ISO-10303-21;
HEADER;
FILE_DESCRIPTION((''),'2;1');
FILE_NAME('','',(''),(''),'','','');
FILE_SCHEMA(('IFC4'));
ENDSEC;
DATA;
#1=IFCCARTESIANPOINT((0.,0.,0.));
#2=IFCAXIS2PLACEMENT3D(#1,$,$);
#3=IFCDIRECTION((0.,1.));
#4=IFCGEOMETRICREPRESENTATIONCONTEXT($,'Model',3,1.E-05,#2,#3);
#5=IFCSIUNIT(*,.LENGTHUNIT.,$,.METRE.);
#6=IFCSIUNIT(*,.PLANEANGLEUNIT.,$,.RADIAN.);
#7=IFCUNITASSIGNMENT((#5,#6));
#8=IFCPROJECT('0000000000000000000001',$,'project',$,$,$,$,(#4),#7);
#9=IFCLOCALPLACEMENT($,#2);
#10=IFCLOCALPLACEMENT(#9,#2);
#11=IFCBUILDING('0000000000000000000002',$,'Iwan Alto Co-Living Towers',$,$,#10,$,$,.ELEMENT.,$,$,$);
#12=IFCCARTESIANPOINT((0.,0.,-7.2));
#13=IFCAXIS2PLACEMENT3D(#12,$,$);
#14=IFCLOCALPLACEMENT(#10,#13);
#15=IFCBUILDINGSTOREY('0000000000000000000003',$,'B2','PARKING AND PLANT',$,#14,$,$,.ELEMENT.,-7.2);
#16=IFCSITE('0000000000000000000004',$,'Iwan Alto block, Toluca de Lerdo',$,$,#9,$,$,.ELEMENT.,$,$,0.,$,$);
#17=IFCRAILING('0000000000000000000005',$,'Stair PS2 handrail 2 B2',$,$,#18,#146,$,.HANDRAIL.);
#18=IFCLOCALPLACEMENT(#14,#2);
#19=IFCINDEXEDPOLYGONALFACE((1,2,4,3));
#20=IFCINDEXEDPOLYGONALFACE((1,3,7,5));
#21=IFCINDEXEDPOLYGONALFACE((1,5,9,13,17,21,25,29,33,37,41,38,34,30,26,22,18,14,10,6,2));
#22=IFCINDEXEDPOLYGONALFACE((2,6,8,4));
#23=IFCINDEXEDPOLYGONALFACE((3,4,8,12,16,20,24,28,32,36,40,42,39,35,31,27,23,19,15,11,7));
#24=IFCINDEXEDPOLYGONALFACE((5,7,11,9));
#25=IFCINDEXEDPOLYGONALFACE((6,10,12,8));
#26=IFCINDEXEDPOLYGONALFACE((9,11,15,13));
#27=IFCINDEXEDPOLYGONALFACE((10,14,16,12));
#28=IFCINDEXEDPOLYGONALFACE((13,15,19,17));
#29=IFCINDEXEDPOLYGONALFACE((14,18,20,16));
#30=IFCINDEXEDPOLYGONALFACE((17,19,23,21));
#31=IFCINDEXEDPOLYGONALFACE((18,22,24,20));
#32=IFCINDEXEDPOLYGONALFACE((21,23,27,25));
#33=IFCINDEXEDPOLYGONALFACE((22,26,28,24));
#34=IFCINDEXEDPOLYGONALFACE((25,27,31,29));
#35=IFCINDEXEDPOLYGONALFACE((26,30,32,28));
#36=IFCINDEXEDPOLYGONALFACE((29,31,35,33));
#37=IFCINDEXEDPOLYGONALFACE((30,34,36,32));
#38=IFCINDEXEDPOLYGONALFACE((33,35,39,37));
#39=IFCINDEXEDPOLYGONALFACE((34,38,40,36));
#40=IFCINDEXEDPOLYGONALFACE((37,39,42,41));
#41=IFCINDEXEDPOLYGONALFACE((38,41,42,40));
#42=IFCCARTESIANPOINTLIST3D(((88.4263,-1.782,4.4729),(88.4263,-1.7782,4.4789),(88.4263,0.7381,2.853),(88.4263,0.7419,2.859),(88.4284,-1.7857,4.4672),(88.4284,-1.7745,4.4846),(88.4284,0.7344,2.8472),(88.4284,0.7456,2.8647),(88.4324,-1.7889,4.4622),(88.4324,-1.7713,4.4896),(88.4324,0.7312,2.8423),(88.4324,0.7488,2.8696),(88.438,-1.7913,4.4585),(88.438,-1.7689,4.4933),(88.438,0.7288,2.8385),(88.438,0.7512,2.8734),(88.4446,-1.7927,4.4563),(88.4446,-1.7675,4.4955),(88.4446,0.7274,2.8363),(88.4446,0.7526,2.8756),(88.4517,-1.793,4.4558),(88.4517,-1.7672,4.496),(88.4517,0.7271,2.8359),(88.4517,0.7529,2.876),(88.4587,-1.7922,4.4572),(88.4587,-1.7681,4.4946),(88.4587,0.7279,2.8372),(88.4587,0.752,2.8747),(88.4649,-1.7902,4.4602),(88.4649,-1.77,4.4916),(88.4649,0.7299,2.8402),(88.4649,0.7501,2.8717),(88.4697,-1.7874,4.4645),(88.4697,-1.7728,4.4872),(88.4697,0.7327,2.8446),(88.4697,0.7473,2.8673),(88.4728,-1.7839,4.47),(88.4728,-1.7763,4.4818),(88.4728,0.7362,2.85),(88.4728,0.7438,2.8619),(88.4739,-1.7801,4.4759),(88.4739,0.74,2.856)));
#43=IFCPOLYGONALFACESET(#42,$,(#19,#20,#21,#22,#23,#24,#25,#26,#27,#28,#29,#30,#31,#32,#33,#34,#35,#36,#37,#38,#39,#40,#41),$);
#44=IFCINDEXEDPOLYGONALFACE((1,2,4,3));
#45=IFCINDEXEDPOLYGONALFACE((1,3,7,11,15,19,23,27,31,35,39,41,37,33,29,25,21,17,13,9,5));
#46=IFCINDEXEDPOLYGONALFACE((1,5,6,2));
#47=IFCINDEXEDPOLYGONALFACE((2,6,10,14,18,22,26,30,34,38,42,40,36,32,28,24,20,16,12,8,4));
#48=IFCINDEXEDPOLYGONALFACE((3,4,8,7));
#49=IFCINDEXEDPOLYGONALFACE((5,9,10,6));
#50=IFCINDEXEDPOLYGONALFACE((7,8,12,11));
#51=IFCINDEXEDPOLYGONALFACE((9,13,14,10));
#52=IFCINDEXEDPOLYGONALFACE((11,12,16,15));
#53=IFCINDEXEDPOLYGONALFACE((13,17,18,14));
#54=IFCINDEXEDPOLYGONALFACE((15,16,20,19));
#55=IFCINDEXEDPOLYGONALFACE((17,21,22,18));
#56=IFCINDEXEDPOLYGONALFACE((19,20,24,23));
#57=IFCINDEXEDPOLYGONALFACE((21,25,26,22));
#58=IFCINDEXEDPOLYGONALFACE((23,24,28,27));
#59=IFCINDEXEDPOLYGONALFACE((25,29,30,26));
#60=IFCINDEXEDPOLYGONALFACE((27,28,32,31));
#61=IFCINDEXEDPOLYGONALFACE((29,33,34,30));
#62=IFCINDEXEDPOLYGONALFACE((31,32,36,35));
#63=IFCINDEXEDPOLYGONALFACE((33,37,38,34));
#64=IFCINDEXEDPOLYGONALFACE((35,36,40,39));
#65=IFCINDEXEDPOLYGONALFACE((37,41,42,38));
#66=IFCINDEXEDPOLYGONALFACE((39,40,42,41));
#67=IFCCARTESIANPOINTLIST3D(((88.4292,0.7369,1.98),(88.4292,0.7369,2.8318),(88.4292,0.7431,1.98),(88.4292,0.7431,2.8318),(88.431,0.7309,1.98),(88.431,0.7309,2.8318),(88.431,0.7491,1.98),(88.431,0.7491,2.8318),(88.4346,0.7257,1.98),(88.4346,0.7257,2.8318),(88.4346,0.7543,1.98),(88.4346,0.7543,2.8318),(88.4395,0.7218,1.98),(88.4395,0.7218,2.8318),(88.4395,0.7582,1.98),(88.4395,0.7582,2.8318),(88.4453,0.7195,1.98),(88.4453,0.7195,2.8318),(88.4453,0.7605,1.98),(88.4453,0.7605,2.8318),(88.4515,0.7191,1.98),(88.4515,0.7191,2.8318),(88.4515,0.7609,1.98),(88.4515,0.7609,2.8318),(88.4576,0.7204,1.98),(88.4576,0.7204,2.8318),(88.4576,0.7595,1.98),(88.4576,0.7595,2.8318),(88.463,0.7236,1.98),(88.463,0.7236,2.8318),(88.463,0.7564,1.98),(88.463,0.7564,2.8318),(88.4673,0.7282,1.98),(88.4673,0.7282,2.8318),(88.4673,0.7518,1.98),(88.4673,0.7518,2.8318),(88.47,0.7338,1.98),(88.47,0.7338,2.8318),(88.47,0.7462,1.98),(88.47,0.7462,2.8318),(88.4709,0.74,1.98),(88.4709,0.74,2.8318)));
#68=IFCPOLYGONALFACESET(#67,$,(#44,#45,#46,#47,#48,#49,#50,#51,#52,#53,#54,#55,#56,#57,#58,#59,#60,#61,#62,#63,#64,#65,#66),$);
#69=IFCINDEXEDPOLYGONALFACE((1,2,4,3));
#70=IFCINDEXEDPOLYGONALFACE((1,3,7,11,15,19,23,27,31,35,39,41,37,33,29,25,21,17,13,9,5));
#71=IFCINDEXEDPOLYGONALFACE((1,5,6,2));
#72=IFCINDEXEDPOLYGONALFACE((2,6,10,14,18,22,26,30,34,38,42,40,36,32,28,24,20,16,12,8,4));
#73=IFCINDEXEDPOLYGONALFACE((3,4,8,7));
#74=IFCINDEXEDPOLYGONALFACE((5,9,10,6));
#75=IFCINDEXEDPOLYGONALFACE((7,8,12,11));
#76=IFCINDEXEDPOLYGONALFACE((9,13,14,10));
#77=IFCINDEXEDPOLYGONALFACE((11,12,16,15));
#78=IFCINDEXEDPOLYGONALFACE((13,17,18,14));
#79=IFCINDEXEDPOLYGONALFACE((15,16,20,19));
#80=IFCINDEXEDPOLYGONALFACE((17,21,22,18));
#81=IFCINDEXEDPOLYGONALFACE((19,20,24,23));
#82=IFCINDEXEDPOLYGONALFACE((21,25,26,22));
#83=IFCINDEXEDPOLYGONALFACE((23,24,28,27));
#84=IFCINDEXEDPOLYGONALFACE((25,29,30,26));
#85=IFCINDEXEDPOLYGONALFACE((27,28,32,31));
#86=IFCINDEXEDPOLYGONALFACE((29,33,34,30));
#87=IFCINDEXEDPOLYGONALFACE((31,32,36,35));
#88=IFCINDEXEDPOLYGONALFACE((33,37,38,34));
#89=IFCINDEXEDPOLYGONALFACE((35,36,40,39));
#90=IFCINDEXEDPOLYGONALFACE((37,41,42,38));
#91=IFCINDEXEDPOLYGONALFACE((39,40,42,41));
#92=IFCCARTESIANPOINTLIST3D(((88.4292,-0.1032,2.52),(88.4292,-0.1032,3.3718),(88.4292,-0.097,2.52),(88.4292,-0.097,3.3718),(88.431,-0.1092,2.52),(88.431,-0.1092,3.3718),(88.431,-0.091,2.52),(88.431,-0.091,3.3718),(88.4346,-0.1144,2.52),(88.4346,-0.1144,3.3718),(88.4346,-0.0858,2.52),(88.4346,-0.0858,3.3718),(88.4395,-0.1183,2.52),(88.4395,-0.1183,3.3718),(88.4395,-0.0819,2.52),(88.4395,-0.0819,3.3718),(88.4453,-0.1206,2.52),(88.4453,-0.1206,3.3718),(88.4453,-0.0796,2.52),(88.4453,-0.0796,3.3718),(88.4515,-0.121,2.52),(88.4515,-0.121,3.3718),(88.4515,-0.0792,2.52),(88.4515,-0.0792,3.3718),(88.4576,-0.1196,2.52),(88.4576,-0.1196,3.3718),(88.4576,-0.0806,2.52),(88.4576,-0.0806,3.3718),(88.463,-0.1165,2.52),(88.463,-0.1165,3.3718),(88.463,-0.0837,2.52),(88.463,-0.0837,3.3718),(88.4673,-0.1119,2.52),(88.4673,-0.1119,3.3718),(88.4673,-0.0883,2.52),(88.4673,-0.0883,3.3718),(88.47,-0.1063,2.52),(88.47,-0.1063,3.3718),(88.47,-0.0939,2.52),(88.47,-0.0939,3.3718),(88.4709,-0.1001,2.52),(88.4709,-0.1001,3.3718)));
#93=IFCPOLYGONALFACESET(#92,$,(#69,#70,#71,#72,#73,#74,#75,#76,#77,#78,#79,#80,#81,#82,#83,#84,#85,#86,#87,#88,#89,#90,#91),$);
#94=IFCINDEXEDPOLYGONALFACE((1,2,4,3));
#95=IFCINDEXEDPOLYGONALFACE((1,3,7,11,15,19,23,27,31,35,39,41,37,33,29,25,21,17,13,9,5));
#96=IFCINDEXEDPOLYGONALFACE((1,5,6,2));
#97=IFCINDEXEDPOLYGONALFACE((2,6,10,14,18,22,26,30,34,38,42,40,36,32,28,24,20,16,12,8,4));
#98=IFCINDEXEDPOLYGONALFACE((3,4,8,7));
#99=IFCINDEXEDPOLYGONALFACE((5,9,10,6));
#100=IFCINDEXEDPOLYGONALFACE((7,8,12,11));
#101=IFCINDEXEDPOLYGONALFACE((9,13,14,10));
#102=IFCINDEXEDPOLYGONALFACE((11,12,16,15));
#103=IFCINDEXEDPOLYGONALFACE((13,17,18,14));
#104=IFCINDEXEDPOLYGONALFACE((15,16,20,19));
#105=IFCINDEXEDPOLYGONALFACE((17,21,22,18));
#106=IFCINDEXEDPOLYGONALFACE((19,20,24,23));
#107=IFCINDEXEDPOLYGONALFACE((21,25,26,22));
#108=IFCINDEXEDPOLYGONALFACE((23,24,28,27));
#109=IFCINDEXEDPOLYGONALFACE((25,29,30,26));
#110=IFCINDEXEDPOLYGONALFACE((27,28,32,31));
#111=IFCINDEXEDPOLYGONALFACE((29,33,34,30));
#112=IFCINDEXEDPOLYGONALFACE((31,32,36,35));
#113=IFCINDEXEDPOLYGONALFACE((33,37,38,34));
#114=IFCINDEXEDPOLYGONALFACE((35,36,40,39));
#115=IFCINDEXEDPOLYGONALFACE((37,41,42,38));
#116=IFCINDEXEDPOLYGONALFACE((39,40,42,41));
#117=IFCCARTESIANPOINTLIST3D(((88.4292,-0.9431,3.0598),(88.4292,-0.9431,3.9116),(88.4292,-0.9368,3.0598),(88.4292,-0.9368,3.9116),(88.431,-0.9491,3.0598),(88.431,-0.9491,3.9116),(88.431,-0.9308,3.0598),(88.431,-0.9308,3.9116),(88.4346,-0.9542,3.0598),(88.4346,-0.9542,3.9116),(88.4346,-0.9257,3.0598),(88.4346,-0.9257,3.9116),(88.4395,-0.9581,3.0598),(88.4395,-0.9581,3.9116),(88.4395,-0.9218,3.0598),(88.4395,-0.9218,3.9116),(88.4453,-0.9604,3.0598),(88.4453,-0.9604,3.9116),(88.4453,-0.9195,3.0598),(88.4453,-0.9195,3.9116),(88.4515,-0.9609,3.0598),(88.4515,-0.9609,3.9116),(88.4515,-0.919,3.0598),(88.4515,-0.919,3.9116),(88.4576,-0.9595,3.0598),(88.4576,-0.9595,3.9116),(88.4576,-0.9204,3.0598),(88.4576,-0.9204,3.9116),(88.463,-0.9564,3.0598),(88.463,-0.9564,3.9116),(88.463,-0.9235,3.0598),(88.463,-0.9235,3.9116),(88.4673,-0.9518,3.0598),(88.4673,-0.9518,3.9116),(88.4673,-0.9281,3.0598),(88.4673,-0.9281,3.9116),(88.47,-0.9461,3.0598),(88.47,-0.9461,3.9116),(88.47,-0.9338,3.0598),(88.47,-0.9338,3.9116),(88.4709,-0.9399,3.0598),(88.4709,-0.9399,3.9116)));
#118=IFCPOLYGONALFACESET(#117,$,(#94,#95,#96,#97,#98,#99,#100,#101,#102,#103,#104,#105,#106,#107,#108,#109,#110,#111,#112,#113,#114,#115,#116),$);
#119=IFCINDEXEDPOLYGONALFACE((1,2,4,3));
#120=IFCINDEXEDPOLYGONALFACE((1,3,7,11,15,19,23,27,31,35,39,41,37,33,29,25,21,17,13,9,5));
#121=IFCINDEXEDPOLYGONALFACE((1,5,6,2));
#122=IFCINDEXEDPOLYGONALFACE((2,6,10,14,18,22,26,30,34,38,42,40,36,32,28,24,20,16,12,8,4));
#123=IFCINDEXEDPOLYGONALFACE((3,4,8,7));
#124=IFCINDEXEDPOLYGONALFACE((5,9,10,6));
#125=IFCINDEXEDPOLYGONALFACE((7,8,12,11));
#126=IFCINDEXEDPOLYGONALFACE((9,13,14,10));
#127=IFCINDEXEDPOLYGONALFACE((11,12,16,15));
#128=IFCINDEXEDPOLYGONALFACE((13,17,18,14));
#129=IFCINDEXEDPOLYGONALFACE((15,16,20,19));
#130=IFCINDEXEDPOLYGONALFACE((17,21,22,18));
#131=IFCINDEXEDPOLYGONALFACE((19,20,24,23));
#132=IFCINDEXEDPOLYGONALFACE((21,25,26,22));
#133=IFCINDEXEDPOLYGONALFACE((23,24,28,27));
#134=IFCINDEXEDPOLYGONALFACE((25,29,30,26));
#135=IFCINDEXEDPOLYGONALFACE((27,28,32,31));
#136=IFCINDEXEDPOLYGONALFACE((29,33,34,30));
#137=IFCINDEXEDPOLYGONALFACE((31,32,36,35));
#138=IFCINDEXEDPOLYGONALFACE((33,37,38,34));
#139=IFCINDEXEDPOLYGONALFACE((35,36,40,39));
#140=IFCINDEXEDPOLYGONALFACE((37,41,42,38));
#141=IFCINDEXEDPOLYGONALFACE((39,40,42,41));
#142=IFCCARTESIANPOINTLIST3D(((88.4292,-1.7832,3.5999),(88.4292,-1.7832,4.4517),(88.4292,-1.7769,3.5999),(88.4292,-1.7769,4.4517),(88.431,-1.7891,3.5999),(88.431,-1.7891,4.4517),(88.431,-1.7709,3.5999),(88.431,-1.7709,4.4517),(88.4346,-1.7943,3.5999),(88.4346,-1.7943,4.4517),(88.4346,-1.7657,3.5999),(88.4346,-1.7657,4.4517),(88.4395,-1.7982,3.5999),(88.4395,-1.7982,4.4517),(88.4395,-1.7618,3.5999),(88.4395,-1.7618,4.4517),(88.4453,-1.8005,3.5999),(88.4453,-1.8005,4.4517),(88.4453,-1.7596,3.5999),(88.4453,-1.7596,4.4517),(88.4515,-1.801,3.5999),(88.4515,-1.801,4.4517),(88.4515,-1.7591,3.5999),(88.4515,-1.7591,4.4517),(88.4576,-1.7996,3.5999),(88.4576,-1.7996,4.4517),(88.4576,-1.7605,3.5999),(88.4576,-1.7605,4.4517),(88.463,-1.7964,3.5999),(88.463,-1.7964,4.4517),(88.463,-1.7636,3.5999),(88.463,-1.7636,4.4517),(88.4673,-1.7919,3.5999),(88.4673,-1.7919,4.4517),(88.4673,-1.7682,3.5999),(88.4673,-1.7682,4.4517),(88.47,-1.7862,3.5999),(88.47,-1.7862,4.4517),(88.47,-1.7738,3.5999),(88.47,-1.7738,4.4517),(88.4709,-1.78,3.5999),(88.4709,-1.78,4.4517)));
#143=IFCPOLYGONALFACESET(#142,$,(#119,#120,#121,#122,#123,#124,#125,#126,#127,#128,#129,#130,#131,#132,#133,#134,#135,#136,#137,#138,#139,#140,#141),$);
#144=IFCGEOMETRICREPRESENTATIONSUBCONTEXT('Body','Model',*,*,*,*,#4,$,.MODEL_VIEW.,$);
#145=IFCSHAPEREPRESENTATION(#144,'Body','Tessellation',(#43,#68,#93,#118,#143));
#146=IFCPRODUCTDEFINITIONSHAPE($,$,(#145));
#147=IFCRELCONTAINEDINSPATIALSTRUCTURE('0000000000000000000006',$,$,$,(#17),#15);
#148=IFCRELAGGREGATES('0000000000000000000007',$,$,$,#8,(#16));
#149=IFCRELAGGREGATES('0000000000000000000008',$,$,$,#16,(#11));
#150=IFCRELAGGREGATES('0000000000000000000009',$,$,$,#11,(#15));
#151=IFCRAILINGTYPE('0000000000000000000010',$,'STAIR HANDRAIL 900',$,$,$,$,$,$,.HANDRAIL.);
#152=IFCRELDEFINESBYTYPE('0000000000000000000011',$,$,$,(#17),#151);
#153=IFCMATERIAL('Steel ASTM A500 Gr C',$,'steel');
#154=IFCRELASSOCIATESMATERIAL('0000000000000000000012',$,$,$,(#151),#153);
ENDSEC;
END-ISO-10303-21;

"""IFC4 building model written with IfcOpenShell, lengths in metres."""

from ifc_helpers import new_model, si_unit, direction, frame, origin, origin_2d, place, context, subcontext, project, spatial, circle, extrude, material, type_object, element, save


model = new_model("IFC4")

# Units and contexts
model_context = context("Model", 3, precision=1e-05, world=origin(), true_north=direction((0.0, 1.0)))
body_context = subcontext(model_context, "Body", "Model", "MODEL_VIEW")
ifc_project = project(units=[si_unit("LENGTHUNIT", "METRE"), si_unit("PLANEANGLEUNIT", "RADIAN")], contexts=[model_context])

# Site, building, storey
site_placement = place(None, origin())
site = spatial("IfcSite", under=ifc_project, at=site_placement, Name="Iwan Alto block, Toluca de Lerdo", CompositionType="ELEMENT", RefElevation=0.0)
building_placement = place(site_placement, origin())
building = spatial("IfcBuilding", under=site, at=building_placement, Name="Iwan Alto Co-Living Towers", CompositionType="ELEMENT")
storey_placement = place(building_placement, frame((0.0, 0.0, -7.2)))
storey = spatial("IfcBuildingStorey", under=building, at=storey_placement, Name="B2", Description="PARKING AND PLANT", CompositionType="ELEMENT", Elevation=-7.2)

# Railing
ifc_material_1 = material(Name="Steel ASTM A500 Gr C", Category="steel")
railing_type_1 = type_object("IfcRailingType", Name="STAIR HANDRAIL 900", PredefinedType="HANDRAIL", material=ifc_material_1)
railing_1_placement = place(storey_placement, frame((88.45, 0.74, 1.98)))
element("IfcRailing", 1, at=railing_1_placement, inside=storey, type_object=railing_type_1, Name="Stair PS2 handrail 2 B2", PredefinedType="HANDRAIL", context=body_context, shape_type="SweptSolid", body=[
    extrude(circle(Radius=0.0239, at=origin_2d()), frame((0.0, 0.0, 0.876), z_axis=(0.0, -0.8412, 0.540725), x_axis=(1.0, 0.0, 0.0)), (0.0, 0.0, 1.0), 2.9958),
    extrude(circle(Radius=0.021, at=origin_2d()), origin(), (0.0, 0.0, 1.0), 0.8518),
    extrude(circle(Radius=0.021, at=origin_2d()), frame((0.0, -0.8401, 0.54)), (0.0, 0.0, 1.0), 0.8518),
    extrude(circle(Radius=0.021, at=origin_2d()), frame((0.0, -1.6799, 1.0798)), (0.0, 0.0, 1.0), 0.8518),
    extrude(circle(Radius=0.021, at=origin_2d()), frame((0.0, -2.52, 1.6199)), (0.0, 0.0, 1.0), 0.8518),
])

save(model, "model.ifc")
